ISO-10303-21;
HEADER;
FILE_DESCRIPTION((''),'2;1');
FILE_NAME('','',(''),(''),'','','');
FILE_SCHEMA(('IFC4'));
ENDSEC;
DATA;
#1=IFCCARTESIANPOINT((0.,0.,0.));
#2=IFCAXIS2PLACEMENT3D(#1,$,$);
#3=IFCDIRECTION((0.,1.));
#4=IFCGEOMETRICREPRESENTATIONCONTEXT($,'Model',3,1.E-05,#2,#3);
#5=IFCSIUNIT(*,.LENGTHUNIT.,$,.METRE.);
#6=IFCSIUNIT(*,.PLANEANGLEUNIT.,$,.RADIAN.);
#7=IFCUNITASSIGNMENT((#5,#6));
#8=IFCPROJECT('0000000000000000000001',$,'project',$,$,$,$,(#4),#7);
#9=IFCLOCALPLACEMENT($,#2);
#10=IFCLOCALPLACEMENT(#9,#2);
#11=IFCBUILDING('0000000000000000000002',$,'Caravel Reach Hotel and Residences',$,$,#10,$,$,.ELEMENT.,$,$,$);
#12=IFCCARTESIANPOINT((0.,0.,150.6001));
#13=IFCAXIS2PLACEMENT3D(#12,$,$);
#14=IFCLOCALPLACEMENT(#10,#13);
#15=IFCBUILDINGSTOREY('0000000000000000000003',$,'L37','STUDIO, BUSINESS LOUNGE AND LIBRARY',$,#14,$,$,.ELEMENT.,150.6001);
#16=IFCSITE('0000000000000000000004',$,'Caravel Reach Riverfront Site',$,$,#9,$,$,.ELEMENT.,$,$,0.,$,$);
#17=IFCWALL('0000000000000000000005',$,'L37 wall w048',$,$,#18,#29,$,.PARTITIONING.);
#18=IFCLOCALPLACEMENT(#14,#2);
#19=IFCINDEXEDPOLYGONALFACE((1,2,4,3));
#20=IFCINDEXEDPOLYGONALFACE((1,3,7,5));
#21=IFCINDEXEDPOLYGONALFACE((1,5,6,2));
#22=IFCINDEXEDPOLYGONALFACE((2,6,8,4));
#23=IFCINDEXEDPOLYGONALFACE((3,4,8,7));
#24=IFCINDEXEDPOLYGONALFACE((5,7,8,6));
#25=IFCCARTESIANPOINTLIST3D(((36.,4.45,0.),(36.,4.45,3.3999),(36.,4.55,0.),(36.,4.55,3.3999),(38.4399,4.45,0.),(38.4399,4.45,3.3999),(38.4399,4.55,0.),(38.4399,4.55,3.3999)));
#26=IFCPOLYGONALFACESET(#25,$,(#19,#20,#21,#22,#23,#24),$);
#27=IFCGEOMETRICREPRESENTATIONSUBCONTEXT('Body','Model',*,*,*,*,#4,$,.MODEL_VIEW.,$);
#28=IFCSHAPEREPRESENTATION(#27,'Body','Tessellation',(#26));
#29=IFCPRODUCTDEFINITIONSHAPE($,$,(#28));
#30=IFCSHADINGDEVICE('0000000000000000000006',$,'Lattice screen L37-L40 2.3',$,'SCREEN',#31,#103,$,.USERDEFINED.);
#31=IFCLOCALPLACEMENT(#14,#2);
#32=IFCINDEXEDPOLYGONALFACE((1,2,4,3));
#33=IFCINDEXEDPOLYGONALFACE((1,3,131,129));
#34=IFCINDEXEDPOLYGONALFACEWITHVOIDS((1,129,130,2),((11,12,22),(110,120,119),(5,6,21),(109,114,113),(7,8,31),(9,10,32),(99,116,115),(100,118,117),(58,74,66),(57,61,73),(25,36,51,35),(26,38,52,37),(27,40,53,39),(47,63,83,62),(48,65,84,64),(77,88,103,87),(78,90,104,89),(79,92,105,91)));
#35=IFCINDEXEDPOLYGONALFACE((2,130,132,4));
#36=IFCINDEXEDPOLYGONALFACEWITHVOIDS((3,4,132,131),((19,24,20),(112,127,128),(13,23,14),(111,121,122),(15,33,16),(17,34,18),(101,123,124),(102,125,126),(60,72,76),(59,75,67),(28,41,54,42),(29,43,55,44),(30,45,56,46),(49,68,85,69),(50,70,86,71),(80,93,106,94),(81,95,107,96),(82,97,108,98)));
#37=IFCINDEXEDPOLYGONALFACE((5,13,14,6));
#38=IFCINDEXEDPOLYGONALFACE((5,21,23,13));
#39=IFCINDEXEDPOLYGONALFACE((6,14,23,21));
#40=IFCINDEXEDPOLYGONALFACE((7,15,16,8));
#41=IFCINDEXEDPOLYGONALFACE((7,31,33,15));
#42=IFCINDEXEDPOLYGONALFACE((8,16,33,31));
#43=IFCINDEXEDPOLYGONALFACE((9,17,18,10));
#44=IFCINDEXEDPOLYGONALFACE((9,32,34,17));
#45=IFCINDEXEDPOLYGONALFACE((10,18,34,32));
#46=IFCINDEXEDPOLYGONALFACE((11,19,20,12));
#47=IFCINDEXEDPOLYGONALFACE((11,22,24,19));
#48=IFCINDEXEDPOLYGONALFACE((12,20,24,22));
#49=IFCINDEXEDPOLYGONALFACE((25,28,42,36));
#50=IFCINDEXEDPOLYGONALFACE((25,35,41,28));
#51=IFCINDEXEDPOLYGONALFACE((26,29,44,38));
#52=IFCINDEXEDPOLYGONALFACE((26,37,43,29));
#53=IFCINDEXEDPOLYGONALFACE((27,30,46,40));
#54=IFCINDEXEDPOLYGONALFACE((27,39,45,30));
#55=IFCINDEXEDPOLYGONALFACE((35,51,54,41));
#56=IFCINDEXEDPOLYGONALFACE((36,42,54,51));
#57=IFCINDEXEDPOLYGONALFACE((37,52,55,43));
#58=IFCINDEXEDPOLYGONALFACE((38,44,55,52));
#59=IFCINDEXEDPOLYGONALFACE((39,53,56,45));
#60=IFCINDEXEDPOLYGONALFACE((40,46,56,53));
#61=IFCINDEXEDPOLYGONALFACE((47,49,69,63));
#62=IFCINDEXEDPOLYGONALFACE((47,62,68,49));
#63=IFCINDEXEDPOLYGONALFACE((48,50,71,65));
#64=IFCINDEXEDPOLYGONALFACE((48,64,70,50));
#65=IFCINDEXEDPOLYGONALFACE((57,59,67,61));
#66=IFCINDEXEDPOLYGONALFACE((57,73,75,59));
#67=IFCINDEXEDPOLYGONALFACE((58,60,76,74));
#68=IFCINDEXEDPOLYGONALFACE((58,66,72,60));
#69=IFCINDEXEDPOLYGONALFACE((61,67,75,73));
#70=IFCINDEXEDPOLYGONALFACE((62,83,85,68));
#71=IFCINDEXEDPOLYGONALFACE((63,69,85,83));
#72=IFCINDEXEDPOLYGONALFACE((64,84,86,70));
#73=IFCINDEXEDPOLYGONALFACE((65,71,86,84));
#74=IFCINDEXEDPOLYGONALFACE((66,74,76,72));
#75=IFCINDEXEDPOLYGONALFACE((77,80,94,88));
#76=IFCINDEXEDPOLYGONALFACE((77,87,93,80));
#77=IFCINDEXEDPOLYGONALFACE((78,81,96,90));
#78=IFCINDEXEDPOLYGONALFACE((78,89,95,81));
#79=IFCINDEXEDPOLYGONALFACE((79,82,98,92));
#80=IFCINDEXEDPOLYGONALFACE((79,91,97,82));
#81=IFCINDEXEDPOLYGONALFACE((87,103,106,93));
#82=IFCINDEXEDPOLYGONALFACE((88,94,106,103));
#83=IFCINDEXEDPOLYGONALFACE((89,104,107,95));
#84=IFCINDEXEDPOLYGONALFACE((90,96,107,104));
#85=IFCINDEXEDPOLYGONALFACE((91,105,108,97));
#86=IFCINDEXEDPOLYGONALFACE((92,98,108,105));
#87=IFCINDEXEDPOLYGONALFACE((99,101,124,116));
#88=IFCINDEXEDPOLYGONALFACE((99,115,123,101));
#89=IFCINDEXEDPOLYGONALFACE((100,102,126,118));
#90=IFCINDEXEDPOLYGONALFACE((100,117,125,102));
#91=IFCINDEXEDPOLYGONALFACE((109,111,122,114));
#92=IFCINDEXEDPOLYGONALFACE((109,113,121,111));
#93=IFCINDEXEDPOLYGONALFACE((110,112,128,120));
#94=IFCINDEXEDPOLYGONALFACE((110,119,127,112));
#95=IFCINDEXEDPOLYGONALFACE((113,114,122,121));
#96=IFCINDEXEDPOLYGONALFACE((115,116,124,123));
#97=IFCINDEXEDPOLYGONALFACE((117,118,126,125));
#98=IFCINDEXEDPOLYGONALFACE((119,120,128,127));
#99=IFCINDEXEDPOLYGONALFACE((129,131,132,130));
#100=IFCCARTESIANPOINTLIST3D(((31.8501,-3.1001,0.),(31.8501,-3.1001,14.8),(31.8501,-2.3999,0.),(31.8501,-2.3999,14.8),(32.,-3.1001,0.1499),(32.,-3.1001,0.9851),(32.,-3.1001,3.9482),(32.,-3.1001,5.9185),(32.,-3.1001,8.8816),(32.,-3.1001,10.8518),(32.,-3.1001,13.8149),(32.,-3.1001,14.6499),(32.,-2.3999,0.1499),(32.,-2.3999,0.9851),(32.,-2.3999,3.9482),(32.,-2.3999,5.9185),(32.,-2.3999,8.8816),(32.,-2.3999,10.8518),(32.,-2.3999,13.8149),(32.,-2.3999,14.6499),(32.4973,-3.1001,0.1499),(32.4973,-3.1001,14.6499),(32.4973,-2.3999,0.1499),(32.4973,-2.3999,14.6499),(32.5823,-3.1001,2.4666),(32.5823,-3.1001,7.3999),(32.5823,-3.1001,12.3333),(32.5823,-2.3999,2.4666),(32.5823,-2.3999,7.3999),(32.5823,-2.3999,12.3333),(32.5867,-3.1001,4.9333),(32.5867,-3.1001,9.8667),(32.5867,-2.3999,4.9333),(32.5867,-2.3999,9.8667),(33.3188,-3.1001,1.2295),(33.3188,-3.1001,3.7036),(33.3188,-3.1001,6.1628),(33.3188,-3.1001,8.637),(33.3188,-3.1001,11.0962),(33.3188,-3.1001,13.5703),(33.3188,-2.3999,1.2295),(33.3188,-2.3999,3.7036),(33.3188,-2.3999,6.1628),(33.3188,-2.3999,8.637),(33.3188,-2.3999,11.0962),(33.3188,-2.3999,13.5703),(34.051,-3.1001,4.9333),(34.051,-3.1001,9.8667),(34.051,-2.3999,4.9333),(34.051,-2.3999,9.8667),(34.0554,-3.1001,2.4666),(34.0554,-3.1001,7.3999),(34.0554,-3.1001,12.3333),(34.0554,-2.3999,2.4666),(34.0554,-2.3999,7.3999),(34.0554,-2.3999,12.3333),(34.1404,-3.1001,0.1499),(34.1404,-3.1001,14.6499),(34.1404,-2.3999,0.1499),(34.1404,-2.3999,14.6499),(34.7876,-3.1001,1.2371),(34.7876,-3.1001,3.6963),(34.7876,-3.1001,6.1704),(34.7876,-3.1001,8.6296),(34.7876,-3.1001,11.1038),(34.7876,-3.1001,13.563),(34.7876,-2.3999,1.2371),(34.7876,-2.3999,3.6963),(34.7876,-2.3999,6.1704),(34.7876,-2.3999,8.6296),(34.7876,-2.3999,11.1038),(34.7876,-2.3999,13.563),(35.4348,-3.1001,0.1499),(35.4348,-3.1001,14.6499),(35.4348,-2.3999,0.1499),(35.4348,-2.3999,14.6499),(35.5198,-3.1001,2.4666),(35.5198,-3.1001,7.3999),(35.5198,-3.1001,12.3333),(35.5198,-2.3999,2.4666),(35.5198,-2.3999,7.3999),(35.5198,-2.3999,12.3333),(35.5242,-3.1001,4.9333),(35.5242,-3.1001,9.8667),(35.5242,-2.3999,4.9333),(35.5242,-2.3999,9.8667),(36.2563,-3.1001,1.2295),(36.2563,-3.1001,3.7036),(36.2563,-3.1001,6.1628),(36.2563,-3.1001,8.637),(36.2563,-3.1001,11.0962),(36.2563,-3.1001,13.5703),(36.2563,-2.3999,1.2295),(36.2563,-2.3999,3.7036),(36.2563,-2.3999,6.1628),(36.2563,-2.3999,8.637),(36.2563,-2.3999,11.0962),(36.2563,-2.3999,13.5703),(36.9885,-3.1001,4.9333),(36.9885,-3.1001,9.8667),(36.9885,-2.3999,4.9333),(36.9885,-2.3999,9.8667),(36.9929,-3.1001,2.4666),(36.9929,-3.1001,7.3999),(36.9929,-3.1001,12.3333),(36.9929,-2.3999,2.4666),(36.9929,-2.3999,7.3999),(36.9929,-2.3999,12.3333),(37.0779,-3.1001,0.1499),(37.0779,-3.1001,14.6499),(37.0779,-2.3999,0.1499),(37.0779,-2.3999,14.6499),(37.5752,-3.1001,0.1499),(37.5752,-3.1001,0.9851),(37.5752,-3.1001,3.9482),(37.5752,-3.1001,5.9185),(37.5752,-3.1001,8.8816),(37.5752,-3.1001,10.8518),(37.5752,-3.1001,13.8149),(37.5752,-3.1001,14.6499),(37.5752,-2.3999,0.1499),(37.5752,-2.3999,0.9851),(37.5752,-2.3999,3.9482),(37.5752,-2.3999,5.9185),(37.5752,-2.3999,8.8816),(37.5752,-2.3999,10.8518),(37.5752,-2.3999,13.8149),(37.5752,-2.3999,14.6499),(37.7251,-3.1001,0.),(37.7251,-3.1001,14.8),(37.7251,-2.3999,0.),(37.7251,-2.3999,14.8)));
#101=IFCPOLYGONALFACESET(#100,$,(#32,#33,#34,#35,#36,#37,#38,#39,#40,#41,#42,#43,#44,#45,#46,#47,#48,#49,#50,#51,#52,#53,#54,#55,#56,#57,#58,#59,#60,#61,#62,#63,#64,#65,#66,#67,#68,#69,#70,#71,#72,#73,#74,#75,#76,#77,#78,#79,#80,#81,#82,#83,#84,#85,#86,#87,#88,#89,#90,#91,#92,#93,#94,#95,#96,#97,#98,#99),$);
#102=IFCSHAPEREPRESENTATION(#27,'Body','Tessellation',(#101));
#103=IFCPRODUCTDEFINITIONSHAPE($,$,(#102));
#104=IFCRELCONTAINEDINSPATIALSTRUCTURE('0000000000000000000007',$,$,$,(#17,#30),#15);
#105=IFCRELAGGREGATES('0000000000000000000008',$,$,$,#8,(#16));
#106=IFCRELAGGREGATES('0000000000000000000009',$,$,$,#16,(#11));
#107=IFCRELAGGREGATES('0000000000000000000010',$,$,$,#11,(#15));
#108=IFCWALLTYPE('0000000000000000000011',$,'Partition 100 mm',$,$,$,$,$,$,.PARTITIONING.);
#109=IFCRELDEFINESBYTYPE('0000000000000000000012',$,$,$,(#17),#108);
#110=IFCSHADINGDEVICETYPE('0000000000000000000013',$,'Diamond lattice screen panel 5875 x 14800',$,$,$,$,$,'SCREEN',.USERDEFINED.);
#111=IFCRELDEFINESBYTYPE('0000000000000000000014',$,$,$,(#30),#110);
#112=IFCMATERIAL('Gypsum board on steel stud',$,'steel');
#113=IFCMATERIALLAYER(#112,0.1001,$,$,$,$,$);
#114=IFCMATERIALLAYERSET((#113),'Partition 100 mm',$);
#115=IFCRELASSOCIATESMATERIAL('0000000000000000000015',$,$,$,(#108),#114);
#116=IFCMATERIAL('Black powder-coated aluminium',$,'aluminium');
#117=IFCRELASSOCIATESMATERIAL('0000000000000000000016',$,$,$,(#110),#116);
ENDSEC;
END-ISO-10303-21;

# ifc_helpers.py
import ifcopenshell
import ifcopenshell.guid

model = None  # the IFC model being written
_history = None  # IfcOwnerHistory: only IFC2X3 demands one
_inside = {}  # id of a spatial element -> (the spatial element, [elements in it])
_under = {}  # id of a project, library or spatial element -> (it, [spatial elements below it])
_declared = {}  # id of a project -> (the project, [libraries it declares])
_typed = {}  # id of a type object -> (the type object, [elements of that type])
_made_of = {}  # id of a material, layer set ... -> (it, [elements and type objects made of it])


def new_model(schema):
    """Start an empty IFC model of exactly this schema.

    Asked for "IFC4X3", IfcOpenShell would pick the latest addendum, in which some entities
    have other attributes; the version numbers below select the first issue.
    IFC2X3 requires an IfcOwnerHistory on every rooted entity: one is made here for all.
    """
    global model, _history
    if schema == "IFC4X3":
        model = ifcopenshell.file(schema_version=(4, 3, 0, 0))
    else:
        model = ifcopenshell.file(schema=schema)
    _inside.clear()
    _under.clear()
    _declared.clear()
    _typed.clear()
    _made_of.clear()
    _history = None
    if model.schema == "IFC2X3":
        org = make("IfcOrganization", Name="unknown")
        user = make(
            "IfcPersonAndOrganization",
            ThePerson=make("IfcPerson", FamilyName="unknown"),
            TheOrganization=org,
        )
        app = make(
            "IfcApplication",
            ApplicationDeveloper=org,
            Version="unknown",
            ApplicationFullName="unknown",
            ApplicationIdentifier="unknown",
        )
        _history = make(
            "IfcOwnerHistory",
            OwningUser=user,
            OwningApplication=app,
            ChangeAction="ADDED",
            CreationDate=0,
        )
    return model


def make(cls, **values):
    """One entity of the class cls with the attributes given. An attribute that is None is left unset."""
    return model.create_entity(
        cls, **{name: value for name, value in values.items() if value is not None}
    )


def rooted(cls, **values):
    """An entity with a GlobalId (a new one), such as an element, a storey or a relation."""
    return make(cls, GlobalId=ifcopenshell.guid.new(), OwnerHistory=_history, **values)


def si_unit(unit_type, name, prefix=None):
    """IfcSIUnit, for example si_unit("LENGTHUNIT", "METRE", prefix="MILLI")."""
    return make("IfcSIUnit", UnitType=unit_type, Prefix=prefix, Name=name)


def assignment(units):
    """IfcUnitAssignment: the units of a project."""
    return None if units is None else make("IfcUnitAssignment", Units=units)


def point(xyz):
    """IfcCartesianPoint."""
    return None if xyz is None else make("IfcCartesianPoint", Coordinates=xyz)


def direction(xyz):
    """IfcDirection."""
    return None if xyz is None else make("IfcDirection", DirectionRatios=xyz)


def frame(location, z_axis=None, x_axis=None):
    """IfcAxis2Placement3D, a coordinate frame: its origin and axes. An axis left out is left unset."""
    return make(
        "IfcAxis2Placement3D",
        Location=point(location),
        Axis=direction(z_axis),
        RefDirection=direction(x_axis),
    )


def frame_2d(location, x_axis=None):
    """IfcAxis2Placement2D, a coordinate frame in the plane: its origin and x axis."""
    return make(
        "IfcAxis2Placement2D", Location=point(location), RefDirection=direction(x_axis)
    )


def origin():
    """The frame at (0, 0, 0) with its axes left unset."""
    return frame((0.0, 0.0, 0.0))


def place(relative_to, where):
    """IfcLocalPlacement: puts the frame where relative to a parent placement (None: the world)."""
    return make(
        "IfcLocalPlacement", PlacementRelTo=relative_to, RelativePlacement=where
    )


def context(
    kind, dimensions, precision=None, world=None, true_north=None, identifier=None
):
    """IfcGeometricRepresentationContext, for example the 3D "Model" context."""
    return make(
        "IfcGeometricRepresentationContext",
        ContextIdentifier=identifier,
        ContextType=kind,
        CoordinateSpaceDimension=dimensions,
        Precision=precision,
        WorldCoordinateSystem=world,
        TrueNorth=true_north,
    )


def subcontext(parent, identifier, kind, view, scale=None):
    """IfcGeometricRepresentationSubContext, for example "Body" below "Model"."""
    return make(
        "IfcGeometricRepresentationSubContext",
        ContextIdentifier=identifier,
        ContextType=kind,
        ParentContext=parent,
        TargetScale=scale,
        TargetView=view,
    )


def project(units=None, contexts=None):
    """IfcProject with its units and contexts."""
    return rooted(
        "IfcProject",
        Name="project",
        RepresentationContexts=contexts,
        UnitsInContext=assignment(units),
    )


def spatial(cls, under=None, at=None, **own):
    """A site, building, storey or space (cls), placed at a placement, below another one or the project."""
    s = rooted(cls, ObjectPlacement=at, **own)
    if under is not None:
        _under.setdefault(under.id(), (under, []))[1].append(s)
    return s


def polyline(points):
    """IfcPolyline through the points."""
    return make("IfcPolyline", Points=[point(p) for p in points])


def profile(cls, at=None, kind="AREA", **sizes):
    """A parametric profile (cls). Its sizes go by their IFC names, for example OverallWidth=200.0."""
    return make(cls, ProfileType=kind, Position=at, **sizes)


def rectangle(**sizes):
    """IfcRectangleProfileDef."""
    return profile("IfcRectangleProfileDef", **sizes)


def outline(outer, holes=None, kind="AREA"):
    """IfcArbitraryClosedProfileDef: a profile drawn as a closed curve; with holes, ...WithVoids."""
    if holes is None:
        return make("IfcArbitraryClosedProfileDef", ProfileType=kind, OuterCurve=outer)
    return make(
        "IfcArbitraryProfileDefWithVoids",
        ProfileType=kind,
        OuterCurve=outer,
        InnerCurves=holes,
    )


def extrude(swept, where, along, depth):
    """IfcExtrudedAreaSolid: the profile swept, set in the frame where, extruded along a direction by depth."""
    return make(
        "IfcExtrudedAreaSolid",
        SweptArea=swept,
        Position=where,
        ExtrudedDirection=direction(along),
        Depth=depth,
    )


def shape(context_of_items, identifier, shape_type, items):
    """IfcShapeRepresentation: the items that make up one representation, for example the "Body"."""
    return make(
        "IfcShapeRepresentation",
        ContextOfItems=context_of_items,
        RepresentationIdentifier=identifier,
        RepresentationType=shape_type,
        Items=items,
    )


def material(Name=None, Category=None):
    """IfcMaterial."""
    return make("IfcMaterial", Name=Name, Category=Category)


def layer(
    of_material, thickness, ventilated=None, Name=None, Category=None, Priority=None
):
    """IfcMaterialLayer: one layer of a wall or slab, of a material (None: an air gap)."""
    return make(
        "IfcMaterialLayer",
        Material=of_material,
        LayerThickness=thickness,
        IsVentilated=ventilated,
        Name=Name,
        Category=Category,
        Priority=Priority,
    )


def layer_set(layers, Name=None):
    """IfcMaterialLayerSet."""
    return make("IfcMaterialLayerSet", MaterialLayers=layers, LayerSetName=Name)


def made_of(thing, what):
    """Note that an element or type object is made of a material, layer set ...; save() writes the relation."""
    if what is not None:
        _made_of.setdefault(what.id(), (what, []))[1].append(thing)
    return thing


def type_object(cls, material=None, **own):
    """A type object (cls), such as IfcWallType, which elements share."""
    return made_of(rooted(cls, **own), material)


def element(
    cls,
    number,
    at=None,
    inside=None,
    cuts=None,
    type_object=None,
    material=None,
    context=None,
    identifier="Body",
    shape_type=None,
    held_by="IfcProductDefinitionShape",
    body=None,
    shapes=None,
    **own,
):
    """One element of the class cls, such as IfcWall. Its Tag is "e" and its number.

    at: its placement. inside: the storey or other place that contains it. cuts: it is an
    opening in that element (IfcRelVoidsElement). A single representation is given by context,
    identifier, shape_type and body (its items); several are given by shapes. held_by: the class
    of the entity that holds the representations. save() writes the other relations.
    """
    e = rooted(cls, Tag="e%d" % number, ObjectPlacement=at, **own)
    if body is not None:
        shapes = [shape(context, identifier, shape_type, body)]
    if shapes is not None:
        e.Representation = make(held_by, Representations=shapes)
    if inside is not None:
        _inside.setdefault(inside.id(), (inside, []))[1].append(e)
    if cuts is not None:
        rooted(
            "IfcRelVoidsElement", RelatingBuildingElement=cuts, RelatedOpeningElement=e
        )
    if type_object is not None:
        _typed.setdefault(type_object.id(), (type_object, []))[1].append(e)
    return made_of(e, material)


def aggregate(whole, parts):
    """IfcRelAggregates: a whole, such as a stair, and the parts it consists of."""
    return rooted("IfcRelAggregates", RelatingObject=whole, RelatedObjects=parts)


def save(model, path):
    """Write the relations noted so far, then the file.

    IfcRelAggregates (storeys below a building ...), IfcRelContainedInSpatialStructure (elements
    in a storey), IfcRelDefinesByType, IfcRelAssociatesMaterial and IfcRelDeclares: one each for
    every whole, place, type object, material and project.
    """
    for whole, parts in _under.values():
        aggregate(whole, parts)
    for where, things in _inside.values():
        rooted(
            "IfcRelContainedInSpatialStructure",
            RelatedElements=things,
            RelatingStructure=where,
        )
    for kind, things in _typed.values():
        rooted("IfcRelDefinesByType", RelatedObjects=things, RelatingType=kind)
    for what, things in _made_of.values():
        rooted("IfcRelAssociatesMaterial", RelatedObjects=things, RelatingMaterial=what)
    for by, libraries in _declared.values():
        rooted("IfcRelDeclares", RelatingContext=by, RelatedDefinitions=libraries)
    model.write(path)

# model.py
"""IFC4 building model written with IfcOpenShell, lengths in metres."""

from ifc_helpers import new_model, si_unit, direction, frame, frame_2d, origin, place, context, subcontext, project, spatial, polyline, rectangle, outline, extrude, material, layer, layer_set, type_object, element, save


model = new_model("IFC4")

# Units and contexts
model_context = context("Model", 3, precision=1e-05, world=origin(), true_north=direction((0.0, 1.0)))
body_context = subcontext(model_context, "Body", "Model", "MODEL_VIEW")
ifc_project = project(units=[si_unit("LENGTHUNIT", "METRE"), si_unit("PLANEANGLEUNIT", "RADIAN")], contexts=[model_context])

# Site, building, storey
site_placement = place(None, origin())
site = spatial("IfcSite", under=ifc_project, at=site_placement, Name="Caravel Reach Riverfront Site", CompositionType="ELEMENT", RefElevation=0.0)
building_placement = place(site_placement, origin())
building = spatial("IfcBuilding", under=site, at=building_placement, Name="Caravel Reach Hotel and Residences", CompositionType="ELEMENT")
storey_placement = place(building_placement, frame((0.0, 0.0, 150.6001)))
storey = spatial("IfcBuildingStorey", under=building, at=storey_placement, Name="L37", Description="STUDIO, BUSINESS LOUNGE AND LIBRARY", CompositionType="ELEMENT", Elevation=150.6001)

# Wall
ifc_material_1 = material(Name="Gypsum board on steel stud", Category="steel")
ifc_layer_1 = layer(ifc_material_1, 0.1001)
ifc_layer_set_1 = layer_set([ifc_layer_1], Name="Partition 100 mm")
wall_type_1 = type_object("IfcWallType", Name="Partition 100 mm", PredefinedType="PARTITIONING", material=ifc_layer_set_1)
wall_1_placement = place(storey_placement, frame((36.0, 4.5, 0.0), z_axis=(0.0, 0.0, 1.0), x_axis=(1.0, 0.0, 0.0)))
element("IfcWall", 1, at=wall_1_placement, inside=storey, type_object=wall_type_1, Name="L37 wall w048", PredefinedType="PARTITIONING", context=body_context, shape_type="SweptSolid", body=[
    extrude(rectangle(XDim=2.4399, YDim=0.1001, at=frame_2d((1.22, 0.0))), origin(), (0.0, 0.0, 1.0), 3.3999),
])

# Shading device
ifc_material_2 = material(Name="Black powder-coated aluminium", Category="aluminium")
shading_device_type = type_object("IfcShadingDeviceType", Name="Diamond lattice screen panel 5875 x 14800", ElementType="SCREEN", PredefinedType="USERDEFINED", material=ifc_material_2)
shading_device_1_placement = place(storey_placement, frame((31.8501, -2.3999, 0.0), z_axis=(0.0, -1.0, 0.0), x_axis=(1.0, 0.0, 0.0)))
element("IfcShadingDevice", 2, at=shading_device_1_placement, inside=storey, type_object=shading_device_type, Name="Lattice screen L37-L40 2.3", ObjectType="SCREEN", PredefinedType="USERDEFINED", context=body_context, shape_type="SweptSolid", body=[
    extrude(outline(polyline([(0.0, 0.0), (5.875, 0.0), (5.875, 14.8), (0.0, 14.8), (0.0, 0.0)]), holes=[polyline([(0.6472, 0.1499), (0.1499, 0.9851), (0.1499, 0.1499), (0.6472, 0.1499)]), polyline([(0.7366, 4.9333), (0.1499, 5.9185), (0.1499, 3.9482), (0.7366, 4.9333)]), polyline([(0.7366, 9.8667), (0.1499, 10.8518), (0.1499, 8.8816), (0.7366, 9.8667)]), polyline([(0.1499, 13.8149), (0.6472, 14.6499), (0.1499, 14.6499), (0.1499, 13.8149)]), polyline([(1.4688, 3.7036), (0.7322, 2.4666), (1.4688, 1.2295), (2.2053, 2.4666), (1.4688, 3.7036)]), polyline([(1.4688, 8.637), (0.7322, 7.3999), (1.4688, 6.1628), (2.2053, 7.3999), (1.4688, 8.637)]), polyline([(1.4688, 13.5703), (0.7322, 12.3333), (1.4688, 11.0962), (2.2053, 12.3333), (1.4688, 13.5703)]), polyline([(2.9375, 1.2371), (2.2903, 0.1499), (3.5847, 0.1499), (2.9375, 1.2371)]), polyline([(2.9375, 6.1704), (2.2009, 4.9333), (2.9375, 3.6963), (3.6741, 4.9333), (2.9375, 6.1704)]), polyline([(2.9375, 11.1038), (2.2009, 9.8667), (2.9375, 8.6296), (3.6741, 9.8667), (2.9375, 11.1038)]), polyline([(2.9375, 13.563), (3.5847, 14.6499), (2.2903, 14.6499), (2.9375, 13.563)]), polyline([(4.4062, 3.7036), (3.6697, 2.4666), (4.4062, 1.2295), (5.1428, 2.4666), (4.4062, 3.7036)]), polyline([(4.4062, 8.637), (3.6697, 7.3999), (4.4062, 6.1628), (5.1428, 7.3999), (4.4062, 8.637)]), polyline([(4.4062, 13.5703), (3.6697, 12.3333), (4.4062, 11.0962), (5.1428, 12.3333), (4.4062, 13.5703)]), polyline([(5.7251, 0.9851), (5.2278, 0.1499), (5.7251, 0.1499), (5.7251, 0.9851)]), polyline([(5.1384, 4.9333), (5.7251, 3.9482), (5.7251, 5.9185), (5.1384, 4.9333)]), polyline([(5.1384, 9.8667), (5.7251, 8.8816), (5.7251, 10.8518), (5.1384, 9.8667)]), polyline([(5.2278, 14.6499), (5.7251, 13.8149), (5.7251, 14.6499), (5.2278, 14.6499)])]), origin(), (0.0, 0.0, 1.0), 0.7002),
])

save(model, "model.ifc")
